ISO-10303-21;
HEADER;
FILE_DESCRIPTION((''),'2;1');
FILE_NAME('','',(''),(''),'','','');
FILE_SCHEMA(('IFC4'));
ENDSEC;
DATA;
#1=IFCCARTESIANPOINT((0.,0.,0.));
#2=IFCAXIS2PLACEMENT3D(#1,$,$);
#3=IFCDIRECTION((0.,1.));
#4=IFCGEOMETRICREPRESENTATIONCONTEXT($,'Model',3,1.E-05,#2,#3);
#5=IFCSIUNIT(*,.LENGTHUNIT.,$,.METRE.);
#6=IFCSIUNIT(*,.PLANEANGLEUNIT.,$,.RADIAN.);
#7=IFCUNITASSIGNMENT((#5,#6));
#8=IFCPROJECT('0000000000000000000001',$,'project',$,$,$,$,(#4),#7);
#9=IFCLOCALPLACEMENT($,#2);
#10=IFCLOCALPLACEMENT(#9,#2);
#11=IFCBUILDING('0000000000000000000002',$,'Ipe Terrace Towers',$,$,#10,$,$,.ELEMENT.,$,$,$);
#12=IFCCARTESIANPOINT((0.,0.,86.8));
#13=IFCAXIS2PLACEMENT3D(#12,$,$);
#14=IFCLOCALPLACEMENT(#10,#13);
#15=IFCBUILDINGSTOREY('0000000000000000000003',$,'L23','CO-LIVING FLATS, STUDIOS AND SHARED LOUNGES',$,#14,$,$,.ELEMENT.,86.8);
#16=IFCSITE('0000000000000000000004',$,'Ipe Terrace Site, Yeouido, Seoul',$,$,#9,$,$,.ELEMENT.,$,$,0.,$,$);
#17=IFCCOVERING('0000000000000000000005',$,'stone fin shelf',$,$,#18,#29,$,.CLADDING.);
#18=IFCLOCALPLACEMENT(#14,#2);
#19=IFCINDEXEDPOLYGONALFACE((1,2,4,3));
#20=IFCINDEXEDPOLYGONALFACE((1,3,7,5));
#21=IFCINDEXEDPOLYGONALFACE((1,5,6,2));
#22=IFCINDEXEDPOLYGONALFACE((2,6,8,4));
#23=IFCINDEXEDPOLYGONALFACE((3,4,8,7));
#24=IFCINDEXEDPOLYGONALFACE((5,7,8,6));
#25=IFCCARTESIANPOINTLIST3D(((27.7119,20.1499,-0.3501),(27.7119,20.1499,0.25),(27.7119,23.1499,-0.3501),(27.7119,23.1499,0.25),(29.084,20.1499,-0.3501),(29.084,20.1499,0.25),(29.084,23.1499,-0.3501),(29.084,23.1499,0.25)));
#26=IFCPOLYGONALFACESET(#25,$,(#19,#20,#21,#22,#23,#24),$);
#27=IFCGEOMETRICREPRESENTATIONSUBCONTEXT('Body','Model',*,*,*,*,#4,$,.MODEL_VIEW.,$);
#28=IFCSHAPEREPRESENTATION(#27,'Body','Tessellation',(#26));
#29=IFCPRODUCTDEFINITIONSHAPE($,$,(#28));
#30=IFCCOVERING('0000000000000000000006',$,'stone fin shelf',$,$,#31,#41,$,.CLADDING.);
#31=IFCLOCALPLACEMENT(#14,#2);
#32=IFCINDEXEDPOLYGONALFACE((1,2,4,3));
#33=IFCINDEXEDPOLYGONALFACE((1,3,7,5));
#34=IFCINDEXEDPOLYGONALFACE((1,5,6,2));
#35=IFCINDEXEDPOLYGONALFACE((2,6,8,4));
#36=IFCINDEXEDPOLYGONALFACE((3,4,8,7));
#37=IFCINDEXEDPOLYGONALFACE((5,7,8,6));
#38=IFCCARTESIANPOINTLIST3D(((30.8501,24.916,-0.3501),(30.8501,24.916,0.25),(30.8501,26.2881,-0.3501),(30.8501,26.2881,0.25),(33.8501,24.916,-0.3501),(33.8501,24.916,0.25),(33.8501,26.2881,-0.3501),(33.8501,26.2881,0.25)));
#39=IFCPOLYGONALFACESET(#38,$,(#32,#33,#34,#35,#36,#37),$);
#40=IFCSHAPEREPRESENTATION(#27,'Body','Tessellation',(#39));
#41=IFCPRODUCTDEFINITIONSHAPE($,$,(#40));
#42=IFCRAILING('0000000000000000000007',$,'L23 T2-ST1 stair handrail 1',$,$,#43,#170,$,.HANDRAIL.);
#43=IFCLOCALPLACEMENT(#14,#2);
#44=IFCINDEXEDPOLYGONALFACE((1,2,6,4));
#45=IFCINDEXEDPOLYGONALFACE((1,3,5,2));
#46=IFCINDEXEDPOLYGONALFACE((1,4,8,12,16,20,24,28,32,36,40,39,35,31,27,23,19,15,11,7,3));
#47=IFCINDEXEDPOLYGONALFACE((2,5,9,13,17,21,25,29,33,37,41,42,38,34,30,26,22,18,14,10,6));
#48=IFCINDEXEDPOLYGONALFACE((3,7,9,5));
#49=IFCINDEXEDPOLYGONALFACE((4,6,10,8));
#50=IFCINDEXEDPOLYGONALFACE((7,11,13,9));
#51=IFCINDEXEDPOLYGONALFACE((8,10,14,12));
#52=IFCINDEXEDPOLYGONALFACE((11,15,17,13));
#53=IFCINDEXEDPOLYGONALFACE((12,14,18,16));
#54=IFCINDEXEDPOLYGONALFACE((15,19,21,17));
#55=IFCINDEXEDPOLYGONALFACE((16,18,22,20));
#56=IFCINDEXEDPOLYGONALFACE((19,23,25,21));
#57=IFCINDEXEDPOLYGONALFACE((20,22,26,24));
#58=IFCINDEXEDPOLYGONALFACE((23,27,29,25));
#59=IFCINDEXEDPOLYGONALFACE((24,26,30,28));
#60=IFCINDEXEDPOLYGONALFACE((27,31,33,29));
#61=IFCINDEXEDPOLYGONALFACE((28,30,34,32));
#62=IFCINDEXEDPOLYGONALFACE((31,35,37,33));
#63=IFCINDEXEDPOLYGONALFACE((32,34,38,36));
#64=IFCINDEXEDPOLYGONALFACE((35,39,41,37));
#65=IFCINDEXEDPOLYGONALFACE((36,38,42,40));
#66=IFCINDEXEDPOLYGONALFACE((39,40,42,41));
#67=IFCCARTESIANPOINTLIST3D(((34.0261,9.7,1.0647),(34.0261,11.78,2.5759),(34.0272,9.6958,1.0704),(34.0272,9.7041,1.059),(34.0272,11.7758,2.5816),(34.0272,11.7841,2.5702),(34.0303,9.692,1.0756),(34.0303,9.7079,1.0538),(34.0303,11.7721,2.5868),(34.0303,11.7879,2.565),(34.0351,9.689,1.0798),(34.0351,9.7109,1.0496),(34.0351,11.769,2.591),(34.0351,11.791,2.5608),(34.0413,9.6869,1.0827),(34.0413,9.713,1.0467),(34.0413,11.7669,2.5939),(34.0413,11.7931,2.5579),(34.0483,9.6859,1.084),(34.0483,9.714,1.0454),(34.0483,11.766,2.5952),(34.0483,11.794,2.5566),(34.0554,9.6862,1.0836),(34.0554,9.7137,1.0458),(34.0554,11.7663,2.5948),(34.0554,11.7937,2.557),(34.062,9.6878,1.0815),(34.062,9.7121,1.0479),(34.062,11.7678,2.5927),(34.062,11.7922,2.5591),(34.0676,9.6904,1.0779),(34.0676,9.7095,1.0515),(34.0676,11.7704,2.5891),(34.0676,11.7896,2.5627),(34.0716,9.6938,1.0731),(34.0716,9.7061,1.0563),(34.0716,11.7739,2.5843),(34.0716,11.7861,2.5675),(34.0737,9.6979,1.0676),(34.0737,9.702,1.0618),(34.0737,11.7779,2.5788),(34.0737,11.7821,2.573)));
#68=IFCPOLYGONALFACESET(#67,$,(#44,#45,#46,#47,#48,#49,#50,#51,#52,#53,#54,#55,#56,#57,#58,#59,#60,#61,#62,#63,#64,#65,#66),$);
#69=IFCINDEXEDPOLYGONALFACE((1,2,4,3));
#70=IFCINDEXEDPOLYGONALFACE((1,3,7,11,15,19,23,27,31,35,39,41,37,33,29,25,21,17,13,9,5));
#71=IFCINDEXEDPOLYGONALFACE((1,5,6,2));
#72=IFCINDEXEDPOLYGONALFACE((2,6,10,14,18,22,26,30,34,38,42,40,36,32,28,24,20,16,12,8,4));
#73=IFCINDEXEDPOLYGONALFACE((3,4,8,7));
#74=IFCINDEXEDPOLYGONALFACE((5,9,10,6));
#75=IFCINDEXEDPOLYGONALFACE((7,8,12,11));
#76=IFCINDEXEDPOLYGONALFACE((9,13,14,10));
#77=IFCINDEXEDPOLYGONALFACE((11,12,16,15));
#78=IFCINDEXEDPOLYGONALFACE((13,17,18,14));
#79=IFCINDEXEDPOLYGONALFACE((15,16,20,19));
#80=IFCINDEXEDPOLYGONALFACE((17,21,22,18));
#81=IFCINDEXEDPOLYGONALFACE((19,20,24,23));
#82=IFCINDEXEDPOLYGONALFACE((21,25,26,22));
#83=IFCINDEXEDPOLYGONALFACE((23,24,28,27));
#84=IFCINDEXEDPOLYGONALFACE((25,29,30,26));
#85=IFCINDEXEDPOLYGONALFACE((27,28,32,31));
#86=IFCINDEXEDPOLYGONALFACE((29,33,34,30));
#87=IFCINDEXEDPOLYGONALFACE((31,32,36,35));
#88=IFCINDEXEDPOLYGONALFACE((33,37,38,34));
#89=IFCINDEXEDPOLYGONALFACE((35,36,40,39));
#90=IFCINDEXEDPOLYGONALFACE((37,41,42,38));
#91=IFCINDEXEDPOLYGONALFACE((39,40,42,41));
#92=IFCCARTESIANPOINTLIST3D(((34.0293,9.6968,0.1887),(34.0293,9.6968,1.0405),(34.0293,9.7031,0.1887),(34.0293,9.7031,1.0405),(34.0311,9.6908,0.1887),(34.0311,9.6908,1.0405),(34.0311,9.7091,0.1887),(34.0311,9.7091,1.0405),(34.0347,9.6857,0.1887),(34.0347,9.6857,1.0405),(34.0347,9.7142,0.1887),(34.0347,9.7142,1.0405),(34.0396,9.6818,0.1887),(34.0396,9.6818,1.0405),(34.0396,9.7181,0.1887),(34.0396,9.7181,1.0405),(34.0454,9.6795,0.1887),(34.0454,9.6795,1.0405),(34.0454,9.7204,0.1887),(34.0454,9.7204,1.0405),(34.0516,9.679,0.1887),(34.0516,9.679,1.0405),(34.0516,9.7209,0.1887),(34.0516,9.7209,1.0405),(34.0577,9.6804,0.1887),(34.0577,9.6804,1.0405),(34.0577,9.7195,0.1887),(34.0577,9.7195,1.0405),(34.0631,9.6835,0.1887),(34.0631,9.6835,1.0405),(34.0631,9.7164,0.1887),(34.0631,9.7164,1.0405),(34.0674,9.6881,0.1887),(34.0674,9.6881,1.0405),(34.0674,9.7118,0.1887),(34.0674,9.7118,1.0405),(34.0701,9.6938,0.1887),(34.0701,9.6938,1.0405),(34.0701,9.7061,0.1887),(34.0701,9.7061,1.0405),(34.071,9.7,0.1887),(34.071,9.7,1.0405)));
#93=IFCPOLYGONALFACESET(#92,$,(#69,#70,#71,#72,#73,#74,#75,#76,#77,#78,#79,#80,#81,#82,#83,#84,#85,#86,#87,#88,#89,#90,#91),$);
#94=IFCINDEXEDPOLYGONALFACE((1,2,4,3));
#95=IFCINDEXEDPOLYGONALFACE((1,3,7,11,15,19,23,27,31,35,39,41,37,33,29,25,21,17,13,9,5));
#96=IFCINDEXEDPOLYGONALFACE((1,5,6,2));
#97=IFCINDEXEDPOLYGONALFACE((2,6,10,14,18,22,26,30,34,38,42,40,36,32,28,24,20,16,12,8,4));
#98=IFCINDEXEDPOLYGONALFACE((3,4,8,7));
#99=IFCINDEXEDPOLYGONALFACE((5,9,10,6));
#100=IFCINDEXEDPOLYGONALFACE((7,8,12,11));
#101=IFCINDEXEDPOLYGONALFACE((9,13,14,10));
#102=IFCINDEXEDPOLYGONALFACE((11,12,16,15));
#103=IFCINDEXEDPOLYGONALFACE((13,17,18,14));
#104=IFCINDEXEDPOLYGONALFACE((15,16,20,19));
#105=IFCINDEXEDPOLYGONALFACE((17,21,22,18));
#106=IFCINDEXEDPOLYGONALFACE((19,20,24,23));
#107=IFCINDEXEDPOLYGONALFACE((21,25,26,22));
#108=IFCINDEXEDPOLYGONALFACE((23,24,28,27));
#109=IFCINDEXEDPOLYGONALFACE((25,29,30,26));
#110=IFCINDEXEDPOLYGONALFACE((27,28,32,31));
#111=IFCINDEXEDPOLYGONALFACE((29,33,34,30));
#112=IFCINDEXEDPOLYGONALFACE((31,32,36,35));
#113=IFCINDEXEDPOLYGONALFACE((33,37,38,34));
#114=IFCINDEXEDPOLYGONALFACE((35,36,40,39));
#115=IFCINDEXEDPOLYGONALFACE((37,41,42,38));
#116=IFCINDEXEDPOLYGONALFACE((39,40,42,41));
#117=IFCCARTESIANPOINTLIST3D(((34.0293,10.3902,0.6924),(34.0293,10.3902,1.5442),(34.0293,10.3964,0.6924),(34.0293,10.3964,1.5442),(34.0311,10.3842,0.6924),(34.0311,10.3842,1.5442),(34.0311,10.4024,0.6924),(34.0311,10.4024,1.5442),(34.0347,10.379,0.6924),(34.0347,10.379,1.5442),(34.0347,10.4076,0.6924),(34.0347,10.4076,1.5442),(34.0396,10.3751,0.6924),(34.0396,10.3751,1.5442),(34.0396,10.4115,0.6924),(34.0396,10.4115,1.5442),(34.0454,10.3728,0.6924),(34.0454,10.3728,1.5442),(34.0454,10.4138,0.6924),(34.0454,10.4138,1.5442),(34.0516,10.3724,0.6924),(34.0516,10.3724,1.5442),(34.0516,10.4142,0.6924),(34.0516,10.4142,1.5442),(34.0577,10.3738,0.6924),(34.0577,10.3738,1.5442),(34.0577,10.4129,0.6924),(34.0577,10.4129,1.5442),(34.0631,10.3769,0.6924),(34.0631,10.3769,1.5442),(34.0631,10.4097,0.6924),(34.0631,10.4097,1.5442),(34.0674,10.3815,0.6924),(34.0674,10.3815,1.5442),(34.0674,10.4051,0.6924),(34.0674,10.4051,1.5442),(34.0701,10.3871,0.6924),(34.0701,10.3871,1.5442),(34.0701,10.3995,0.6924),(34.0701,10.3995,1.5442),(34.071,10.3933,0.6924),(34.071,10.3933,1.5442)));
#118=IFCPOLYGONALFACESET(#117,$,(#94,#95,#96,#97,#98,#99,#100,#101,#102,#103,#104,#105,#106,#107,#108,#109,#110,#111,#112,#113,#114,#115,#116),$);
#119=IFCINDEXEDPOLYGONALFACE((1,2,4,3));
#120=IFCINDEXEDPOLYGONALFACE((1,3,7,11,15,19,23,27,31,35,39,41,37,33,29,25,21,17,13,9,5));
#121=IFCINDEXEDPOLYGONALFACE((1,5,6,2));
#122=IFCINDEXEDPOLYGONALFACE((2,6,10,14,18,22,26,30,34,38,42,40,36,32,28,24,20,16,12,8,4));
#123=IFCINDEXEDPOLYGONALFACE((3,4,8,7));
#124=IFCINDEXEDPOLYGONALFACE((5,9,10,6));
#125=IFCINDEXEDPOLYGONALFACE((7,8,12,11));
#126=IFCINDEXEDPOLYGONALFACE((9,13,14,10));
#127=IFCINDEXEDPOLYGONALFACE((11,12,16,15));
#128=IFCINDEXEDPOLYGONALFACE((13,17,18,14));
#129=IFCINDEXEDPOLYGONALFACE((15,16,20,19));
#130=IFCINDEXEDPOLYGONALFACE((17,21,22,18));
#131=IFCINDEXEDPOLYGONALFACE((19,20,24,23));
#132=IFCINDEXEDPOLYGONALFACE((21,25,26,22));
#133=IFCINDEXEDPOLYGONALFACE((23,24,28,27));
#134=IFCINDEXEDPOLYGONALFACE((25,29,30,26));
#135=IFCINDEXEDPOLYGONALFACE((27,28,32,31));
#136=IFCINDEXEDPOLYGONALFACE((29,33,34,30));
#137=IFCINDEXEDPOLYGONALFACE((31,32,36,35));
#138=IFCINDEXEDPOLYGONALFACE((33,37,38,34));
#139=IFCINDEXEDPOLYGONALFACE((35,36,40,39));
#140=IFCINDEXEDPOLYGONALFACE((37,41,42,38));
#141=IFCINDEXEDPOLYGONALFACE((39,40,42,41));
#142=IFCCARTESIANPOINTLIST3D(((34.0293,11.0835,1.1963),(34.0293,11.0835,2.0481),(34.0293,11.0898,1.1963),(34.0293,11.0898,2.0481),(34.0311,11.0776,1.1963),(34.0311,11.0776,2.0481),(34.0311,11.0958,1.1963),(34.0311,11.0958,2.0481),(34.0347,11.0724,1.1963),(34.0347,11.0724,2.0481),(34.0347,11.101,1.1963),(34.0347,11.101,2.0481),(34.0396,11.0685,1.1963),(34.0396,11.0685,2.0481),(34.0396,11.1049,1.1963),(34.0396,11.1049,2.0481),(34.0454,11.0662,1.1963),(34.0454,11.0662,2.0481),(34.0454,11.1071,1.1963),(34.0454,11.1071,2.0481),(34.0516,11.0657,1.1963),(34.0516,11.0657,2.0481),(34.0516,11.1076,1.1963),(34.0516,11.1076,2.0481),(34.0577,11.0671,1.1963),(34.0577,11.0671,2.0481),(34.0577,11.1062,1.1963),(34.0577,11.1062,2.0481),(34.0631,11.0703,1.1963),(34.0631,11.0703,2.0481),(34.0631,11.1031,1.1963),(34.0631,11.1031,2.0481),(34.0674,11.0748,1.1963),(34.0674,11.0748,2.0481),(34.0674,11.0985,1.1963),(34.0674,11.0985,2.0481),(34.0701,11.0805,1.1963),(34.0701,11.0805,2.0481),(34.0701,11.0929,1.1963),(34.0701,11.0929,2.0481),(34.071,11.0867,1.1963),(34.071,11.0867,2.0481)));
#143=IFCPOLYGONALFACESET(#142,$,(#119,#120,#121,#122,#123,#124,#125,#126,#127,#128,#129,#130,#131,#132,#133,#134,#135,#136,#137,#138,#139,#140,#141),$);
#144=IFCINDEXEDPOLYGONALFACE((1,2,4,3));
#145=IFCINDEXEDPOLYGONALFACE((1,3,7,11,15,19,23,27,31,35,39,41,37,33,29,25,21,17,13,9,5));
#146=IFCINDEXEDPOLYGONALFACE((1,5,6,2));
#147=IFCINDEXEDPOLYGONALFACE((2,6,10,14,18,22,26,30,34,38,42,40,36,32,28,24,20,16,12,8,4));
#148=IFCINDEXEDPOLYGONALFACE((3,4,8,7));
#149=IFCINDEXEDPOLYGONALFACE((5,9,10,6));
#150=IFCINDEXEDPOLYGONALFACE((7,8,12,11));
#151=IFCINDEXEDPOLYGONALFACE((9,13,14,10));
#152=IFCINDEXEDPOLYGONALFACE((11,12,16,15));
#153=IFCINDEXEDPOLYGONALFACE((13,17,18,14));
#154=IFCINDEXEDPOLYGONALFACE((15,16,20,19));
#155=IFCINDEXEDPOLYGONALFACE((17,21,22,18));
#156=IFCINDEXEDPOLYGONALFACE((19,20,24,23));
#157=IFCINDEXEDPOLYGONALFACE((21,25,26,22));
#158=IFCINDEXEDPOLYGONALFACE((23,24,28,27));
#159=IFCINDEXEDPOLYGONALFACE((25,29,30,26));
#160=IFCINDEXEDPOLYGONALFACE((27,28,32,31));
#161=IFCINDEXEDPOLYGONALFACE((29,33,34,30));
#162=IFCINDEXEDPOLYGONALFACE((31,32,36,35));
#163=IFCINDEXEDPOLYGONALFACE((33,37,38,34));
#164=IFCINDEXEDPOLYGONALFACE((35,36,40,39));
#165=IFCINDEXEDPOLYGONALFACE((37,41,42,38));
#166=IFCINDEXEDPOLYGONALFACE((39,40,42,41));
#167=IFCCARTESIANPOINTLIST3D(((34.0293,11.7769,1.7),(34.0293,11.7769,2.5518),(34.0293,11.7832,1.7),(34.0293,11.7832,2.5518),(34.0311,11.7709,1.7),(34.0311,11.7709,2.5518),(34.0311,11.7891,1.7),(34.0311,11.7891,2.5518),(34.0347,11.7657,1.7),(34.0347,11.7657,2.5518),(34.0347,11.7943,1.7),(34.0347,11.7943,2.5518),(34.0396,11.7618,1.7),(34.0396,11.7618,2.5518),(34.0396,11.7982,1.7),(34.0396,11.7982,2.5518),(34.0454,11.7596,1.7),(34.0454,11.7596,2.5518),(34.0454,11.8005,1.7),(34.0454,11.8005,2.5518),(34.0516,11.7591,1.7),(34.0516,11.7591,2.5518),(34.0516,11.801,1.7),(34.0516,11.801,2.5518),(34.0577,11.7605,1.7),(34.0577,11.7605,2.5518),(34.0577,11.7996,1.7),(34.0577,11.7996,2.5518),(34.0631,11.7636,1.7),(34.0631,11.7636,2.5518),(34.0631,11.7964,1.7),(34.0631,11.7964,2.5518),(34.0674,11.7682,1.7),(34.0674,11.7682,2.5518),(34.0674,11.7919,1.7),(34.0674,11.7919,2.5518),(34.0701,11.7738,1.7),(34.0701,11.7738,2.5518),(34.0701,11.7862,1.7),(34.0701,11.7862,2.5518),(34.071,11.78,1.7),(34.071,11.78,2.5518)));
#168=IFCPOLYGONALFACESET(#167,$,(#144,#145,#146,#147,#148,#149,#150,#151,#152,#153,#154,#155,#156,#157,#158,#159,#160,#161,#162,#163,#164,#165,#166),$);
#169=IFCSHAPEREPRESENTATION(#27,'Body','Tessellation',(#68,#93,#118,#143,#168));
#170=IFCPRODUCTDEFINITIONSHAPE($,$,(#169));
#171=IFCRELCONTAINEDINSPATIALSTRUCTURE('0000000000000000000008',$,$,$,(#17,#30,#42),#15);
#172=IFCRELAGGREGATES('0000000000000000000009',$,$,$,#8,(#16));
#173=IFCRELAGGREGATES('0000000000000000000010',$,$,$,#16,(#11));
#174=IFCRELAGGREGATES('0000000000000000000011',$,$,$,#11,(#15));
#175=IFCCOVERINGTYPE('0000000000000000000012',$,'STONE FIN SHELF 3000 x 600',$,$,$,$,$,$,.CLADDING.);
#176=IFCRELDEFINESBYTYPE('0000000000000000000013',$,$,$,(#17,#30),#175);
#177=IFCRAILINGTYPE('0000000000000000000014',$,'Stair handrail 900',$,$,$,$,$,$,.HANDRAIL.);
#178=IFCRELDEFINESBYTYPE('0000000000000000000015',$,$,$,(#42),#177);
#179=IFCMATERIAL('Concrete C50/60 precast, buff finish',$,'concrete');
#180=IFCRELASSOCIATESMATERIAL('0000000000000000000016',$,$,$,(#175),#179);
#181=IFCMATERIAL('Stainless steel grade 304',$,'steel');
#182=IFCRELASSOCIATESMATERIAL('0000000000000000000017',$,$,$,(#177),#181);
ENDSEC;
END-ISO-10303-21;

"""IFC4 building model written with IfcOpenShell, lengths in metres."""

from ifc_helpers import new_model, si_unit, direction, frame, origin, origin_2d, place, context, subcontext, project, spatial, rectangle, circle, extrude, material, type_object, element, save


model = new_model("IFC4")

# Units and contexts
model_context = context("Model", 3, precision=1e-05, world=origin(), true_north=direction((0.0, 1.0)))
body_context = subcontext(model_context, "Body", "Model", "MODEL_VIEW")
ifc_project = project(units=[si_unit("LENGTHUNIT", "METRE"), si_unit("PLANEANGLEUNIT", "RADIAN")], contexts=[model_context])

# Site, building, storey
site_placement = place(None, origin())
site = spatial("IfcSite", under=ifc_project, at=site_placement, Name="Ipe Terrace Site, Yeouido, Seoul", CompositionType="ELEMENT", RefElevation=0.0)
building_placement = place(site_placement, origin())
building = spatial("IfcBuilding", under=site, at=building_placement, Name="Ipe Terrace Towers", CompositionType="ELEMENT")
storey_placement = place(building_placement, frame((0.0, 0.0, 86.8)))
storey = spatial("IfcBuildingStorey", under=building, at=storey_placement, Name="L23", Description="CO-LIVING FLATS, STUDIOS AND SHARED LOUNGES", CompositionType="ELEMENT", Elevation=86.8)

# Coverings
ifc_material_1 = material(Name="Concrete C50/60 precast, buff finish", Category="concrete")
covering_type_1 = type_object("IfcCoveringType", Name="STONE FIN SHELF 3000 x 600", PredefinedType="CLADDING", material=ifc_material_1)
for number, where, z_axis, x_axis, name in (
    (1, (28.3979, 21.6499, -0.3501), (0.0, 0.0, 1.0), (0.0, -1.0, 0.0), "stone fin shelf"),
    (2, (32.3501, 25.6021, -0.3501), (0.0, 0.0, 1.0), (-1.0, 0.0, 0.0), "stone fin shelf"),
):
    element("IfcCovering", number, at=place(storey_placement, frame(where, z_axis=z_axis, x_axis=x_axis)), inside=storey, type_object=covering_type_1, Name=name, PredefinedType="CLADDING", context=body_context, shape_type="SweptSolid", body=[
        extrude(rectangle(XDim=3.0, YDim=1.3721, at=origin_2d()), origin(), (0.0, 0.0, 1.0), 0.6001),
    ])

# Railing
ifc_material_2 = material(Name="Stainless steel grade 304", Category="steel")
railing_type_1 = type_object("IfcRailingType", Name="Stair handrail 900", PredefinedType="HANDRAIL", material=ifc_material_2)
railing_1_placement = place(storey_placement, frame((34.05, 9.7, 0.1887)))
element("IfcRailing", 3, at=railing_1_placement, inside=storey, type_object=railing_type_1, Name="L23 T2-ST1 stair handrail 1", PredefinedType="HANDRAIL", context=body_context, shape_type="SweptSolid", body=[
    extrude(circle(Radius=0.0239, at=origin_2d()), frame((0.0, 0.0, 0.876), z_axis=(0.0, 0.809023, 0.587776), x_axis=(-1.0, 0.0, 0.0)), (0.0, 0.0, 1.0), 2.571),
    extrude(circle(Radius=0.021, at=origin_2d()), origin(), (0.0, 0.0, 1.0), 0.8518),
    extrude(circle(Radius=0.021, at=origin_2d()), frame((0.0, 0.6934, 0.5037)), (0.0, 0.0, 1.0), 0.8518),
    extrude(circle(Radius=0.021, at=origin_2d()), frame((0.0, 1.3867, 1.0076)), (0.0, 0.0, 1.0), 0.8518),
    extrude(circle(Radius=0.021, at=origin_2d()), frame((0.0, 2.0801, 1.5112)), (0.0, 0.0, 1.0), 0.8518),
])

save(model, "model.ifc")
